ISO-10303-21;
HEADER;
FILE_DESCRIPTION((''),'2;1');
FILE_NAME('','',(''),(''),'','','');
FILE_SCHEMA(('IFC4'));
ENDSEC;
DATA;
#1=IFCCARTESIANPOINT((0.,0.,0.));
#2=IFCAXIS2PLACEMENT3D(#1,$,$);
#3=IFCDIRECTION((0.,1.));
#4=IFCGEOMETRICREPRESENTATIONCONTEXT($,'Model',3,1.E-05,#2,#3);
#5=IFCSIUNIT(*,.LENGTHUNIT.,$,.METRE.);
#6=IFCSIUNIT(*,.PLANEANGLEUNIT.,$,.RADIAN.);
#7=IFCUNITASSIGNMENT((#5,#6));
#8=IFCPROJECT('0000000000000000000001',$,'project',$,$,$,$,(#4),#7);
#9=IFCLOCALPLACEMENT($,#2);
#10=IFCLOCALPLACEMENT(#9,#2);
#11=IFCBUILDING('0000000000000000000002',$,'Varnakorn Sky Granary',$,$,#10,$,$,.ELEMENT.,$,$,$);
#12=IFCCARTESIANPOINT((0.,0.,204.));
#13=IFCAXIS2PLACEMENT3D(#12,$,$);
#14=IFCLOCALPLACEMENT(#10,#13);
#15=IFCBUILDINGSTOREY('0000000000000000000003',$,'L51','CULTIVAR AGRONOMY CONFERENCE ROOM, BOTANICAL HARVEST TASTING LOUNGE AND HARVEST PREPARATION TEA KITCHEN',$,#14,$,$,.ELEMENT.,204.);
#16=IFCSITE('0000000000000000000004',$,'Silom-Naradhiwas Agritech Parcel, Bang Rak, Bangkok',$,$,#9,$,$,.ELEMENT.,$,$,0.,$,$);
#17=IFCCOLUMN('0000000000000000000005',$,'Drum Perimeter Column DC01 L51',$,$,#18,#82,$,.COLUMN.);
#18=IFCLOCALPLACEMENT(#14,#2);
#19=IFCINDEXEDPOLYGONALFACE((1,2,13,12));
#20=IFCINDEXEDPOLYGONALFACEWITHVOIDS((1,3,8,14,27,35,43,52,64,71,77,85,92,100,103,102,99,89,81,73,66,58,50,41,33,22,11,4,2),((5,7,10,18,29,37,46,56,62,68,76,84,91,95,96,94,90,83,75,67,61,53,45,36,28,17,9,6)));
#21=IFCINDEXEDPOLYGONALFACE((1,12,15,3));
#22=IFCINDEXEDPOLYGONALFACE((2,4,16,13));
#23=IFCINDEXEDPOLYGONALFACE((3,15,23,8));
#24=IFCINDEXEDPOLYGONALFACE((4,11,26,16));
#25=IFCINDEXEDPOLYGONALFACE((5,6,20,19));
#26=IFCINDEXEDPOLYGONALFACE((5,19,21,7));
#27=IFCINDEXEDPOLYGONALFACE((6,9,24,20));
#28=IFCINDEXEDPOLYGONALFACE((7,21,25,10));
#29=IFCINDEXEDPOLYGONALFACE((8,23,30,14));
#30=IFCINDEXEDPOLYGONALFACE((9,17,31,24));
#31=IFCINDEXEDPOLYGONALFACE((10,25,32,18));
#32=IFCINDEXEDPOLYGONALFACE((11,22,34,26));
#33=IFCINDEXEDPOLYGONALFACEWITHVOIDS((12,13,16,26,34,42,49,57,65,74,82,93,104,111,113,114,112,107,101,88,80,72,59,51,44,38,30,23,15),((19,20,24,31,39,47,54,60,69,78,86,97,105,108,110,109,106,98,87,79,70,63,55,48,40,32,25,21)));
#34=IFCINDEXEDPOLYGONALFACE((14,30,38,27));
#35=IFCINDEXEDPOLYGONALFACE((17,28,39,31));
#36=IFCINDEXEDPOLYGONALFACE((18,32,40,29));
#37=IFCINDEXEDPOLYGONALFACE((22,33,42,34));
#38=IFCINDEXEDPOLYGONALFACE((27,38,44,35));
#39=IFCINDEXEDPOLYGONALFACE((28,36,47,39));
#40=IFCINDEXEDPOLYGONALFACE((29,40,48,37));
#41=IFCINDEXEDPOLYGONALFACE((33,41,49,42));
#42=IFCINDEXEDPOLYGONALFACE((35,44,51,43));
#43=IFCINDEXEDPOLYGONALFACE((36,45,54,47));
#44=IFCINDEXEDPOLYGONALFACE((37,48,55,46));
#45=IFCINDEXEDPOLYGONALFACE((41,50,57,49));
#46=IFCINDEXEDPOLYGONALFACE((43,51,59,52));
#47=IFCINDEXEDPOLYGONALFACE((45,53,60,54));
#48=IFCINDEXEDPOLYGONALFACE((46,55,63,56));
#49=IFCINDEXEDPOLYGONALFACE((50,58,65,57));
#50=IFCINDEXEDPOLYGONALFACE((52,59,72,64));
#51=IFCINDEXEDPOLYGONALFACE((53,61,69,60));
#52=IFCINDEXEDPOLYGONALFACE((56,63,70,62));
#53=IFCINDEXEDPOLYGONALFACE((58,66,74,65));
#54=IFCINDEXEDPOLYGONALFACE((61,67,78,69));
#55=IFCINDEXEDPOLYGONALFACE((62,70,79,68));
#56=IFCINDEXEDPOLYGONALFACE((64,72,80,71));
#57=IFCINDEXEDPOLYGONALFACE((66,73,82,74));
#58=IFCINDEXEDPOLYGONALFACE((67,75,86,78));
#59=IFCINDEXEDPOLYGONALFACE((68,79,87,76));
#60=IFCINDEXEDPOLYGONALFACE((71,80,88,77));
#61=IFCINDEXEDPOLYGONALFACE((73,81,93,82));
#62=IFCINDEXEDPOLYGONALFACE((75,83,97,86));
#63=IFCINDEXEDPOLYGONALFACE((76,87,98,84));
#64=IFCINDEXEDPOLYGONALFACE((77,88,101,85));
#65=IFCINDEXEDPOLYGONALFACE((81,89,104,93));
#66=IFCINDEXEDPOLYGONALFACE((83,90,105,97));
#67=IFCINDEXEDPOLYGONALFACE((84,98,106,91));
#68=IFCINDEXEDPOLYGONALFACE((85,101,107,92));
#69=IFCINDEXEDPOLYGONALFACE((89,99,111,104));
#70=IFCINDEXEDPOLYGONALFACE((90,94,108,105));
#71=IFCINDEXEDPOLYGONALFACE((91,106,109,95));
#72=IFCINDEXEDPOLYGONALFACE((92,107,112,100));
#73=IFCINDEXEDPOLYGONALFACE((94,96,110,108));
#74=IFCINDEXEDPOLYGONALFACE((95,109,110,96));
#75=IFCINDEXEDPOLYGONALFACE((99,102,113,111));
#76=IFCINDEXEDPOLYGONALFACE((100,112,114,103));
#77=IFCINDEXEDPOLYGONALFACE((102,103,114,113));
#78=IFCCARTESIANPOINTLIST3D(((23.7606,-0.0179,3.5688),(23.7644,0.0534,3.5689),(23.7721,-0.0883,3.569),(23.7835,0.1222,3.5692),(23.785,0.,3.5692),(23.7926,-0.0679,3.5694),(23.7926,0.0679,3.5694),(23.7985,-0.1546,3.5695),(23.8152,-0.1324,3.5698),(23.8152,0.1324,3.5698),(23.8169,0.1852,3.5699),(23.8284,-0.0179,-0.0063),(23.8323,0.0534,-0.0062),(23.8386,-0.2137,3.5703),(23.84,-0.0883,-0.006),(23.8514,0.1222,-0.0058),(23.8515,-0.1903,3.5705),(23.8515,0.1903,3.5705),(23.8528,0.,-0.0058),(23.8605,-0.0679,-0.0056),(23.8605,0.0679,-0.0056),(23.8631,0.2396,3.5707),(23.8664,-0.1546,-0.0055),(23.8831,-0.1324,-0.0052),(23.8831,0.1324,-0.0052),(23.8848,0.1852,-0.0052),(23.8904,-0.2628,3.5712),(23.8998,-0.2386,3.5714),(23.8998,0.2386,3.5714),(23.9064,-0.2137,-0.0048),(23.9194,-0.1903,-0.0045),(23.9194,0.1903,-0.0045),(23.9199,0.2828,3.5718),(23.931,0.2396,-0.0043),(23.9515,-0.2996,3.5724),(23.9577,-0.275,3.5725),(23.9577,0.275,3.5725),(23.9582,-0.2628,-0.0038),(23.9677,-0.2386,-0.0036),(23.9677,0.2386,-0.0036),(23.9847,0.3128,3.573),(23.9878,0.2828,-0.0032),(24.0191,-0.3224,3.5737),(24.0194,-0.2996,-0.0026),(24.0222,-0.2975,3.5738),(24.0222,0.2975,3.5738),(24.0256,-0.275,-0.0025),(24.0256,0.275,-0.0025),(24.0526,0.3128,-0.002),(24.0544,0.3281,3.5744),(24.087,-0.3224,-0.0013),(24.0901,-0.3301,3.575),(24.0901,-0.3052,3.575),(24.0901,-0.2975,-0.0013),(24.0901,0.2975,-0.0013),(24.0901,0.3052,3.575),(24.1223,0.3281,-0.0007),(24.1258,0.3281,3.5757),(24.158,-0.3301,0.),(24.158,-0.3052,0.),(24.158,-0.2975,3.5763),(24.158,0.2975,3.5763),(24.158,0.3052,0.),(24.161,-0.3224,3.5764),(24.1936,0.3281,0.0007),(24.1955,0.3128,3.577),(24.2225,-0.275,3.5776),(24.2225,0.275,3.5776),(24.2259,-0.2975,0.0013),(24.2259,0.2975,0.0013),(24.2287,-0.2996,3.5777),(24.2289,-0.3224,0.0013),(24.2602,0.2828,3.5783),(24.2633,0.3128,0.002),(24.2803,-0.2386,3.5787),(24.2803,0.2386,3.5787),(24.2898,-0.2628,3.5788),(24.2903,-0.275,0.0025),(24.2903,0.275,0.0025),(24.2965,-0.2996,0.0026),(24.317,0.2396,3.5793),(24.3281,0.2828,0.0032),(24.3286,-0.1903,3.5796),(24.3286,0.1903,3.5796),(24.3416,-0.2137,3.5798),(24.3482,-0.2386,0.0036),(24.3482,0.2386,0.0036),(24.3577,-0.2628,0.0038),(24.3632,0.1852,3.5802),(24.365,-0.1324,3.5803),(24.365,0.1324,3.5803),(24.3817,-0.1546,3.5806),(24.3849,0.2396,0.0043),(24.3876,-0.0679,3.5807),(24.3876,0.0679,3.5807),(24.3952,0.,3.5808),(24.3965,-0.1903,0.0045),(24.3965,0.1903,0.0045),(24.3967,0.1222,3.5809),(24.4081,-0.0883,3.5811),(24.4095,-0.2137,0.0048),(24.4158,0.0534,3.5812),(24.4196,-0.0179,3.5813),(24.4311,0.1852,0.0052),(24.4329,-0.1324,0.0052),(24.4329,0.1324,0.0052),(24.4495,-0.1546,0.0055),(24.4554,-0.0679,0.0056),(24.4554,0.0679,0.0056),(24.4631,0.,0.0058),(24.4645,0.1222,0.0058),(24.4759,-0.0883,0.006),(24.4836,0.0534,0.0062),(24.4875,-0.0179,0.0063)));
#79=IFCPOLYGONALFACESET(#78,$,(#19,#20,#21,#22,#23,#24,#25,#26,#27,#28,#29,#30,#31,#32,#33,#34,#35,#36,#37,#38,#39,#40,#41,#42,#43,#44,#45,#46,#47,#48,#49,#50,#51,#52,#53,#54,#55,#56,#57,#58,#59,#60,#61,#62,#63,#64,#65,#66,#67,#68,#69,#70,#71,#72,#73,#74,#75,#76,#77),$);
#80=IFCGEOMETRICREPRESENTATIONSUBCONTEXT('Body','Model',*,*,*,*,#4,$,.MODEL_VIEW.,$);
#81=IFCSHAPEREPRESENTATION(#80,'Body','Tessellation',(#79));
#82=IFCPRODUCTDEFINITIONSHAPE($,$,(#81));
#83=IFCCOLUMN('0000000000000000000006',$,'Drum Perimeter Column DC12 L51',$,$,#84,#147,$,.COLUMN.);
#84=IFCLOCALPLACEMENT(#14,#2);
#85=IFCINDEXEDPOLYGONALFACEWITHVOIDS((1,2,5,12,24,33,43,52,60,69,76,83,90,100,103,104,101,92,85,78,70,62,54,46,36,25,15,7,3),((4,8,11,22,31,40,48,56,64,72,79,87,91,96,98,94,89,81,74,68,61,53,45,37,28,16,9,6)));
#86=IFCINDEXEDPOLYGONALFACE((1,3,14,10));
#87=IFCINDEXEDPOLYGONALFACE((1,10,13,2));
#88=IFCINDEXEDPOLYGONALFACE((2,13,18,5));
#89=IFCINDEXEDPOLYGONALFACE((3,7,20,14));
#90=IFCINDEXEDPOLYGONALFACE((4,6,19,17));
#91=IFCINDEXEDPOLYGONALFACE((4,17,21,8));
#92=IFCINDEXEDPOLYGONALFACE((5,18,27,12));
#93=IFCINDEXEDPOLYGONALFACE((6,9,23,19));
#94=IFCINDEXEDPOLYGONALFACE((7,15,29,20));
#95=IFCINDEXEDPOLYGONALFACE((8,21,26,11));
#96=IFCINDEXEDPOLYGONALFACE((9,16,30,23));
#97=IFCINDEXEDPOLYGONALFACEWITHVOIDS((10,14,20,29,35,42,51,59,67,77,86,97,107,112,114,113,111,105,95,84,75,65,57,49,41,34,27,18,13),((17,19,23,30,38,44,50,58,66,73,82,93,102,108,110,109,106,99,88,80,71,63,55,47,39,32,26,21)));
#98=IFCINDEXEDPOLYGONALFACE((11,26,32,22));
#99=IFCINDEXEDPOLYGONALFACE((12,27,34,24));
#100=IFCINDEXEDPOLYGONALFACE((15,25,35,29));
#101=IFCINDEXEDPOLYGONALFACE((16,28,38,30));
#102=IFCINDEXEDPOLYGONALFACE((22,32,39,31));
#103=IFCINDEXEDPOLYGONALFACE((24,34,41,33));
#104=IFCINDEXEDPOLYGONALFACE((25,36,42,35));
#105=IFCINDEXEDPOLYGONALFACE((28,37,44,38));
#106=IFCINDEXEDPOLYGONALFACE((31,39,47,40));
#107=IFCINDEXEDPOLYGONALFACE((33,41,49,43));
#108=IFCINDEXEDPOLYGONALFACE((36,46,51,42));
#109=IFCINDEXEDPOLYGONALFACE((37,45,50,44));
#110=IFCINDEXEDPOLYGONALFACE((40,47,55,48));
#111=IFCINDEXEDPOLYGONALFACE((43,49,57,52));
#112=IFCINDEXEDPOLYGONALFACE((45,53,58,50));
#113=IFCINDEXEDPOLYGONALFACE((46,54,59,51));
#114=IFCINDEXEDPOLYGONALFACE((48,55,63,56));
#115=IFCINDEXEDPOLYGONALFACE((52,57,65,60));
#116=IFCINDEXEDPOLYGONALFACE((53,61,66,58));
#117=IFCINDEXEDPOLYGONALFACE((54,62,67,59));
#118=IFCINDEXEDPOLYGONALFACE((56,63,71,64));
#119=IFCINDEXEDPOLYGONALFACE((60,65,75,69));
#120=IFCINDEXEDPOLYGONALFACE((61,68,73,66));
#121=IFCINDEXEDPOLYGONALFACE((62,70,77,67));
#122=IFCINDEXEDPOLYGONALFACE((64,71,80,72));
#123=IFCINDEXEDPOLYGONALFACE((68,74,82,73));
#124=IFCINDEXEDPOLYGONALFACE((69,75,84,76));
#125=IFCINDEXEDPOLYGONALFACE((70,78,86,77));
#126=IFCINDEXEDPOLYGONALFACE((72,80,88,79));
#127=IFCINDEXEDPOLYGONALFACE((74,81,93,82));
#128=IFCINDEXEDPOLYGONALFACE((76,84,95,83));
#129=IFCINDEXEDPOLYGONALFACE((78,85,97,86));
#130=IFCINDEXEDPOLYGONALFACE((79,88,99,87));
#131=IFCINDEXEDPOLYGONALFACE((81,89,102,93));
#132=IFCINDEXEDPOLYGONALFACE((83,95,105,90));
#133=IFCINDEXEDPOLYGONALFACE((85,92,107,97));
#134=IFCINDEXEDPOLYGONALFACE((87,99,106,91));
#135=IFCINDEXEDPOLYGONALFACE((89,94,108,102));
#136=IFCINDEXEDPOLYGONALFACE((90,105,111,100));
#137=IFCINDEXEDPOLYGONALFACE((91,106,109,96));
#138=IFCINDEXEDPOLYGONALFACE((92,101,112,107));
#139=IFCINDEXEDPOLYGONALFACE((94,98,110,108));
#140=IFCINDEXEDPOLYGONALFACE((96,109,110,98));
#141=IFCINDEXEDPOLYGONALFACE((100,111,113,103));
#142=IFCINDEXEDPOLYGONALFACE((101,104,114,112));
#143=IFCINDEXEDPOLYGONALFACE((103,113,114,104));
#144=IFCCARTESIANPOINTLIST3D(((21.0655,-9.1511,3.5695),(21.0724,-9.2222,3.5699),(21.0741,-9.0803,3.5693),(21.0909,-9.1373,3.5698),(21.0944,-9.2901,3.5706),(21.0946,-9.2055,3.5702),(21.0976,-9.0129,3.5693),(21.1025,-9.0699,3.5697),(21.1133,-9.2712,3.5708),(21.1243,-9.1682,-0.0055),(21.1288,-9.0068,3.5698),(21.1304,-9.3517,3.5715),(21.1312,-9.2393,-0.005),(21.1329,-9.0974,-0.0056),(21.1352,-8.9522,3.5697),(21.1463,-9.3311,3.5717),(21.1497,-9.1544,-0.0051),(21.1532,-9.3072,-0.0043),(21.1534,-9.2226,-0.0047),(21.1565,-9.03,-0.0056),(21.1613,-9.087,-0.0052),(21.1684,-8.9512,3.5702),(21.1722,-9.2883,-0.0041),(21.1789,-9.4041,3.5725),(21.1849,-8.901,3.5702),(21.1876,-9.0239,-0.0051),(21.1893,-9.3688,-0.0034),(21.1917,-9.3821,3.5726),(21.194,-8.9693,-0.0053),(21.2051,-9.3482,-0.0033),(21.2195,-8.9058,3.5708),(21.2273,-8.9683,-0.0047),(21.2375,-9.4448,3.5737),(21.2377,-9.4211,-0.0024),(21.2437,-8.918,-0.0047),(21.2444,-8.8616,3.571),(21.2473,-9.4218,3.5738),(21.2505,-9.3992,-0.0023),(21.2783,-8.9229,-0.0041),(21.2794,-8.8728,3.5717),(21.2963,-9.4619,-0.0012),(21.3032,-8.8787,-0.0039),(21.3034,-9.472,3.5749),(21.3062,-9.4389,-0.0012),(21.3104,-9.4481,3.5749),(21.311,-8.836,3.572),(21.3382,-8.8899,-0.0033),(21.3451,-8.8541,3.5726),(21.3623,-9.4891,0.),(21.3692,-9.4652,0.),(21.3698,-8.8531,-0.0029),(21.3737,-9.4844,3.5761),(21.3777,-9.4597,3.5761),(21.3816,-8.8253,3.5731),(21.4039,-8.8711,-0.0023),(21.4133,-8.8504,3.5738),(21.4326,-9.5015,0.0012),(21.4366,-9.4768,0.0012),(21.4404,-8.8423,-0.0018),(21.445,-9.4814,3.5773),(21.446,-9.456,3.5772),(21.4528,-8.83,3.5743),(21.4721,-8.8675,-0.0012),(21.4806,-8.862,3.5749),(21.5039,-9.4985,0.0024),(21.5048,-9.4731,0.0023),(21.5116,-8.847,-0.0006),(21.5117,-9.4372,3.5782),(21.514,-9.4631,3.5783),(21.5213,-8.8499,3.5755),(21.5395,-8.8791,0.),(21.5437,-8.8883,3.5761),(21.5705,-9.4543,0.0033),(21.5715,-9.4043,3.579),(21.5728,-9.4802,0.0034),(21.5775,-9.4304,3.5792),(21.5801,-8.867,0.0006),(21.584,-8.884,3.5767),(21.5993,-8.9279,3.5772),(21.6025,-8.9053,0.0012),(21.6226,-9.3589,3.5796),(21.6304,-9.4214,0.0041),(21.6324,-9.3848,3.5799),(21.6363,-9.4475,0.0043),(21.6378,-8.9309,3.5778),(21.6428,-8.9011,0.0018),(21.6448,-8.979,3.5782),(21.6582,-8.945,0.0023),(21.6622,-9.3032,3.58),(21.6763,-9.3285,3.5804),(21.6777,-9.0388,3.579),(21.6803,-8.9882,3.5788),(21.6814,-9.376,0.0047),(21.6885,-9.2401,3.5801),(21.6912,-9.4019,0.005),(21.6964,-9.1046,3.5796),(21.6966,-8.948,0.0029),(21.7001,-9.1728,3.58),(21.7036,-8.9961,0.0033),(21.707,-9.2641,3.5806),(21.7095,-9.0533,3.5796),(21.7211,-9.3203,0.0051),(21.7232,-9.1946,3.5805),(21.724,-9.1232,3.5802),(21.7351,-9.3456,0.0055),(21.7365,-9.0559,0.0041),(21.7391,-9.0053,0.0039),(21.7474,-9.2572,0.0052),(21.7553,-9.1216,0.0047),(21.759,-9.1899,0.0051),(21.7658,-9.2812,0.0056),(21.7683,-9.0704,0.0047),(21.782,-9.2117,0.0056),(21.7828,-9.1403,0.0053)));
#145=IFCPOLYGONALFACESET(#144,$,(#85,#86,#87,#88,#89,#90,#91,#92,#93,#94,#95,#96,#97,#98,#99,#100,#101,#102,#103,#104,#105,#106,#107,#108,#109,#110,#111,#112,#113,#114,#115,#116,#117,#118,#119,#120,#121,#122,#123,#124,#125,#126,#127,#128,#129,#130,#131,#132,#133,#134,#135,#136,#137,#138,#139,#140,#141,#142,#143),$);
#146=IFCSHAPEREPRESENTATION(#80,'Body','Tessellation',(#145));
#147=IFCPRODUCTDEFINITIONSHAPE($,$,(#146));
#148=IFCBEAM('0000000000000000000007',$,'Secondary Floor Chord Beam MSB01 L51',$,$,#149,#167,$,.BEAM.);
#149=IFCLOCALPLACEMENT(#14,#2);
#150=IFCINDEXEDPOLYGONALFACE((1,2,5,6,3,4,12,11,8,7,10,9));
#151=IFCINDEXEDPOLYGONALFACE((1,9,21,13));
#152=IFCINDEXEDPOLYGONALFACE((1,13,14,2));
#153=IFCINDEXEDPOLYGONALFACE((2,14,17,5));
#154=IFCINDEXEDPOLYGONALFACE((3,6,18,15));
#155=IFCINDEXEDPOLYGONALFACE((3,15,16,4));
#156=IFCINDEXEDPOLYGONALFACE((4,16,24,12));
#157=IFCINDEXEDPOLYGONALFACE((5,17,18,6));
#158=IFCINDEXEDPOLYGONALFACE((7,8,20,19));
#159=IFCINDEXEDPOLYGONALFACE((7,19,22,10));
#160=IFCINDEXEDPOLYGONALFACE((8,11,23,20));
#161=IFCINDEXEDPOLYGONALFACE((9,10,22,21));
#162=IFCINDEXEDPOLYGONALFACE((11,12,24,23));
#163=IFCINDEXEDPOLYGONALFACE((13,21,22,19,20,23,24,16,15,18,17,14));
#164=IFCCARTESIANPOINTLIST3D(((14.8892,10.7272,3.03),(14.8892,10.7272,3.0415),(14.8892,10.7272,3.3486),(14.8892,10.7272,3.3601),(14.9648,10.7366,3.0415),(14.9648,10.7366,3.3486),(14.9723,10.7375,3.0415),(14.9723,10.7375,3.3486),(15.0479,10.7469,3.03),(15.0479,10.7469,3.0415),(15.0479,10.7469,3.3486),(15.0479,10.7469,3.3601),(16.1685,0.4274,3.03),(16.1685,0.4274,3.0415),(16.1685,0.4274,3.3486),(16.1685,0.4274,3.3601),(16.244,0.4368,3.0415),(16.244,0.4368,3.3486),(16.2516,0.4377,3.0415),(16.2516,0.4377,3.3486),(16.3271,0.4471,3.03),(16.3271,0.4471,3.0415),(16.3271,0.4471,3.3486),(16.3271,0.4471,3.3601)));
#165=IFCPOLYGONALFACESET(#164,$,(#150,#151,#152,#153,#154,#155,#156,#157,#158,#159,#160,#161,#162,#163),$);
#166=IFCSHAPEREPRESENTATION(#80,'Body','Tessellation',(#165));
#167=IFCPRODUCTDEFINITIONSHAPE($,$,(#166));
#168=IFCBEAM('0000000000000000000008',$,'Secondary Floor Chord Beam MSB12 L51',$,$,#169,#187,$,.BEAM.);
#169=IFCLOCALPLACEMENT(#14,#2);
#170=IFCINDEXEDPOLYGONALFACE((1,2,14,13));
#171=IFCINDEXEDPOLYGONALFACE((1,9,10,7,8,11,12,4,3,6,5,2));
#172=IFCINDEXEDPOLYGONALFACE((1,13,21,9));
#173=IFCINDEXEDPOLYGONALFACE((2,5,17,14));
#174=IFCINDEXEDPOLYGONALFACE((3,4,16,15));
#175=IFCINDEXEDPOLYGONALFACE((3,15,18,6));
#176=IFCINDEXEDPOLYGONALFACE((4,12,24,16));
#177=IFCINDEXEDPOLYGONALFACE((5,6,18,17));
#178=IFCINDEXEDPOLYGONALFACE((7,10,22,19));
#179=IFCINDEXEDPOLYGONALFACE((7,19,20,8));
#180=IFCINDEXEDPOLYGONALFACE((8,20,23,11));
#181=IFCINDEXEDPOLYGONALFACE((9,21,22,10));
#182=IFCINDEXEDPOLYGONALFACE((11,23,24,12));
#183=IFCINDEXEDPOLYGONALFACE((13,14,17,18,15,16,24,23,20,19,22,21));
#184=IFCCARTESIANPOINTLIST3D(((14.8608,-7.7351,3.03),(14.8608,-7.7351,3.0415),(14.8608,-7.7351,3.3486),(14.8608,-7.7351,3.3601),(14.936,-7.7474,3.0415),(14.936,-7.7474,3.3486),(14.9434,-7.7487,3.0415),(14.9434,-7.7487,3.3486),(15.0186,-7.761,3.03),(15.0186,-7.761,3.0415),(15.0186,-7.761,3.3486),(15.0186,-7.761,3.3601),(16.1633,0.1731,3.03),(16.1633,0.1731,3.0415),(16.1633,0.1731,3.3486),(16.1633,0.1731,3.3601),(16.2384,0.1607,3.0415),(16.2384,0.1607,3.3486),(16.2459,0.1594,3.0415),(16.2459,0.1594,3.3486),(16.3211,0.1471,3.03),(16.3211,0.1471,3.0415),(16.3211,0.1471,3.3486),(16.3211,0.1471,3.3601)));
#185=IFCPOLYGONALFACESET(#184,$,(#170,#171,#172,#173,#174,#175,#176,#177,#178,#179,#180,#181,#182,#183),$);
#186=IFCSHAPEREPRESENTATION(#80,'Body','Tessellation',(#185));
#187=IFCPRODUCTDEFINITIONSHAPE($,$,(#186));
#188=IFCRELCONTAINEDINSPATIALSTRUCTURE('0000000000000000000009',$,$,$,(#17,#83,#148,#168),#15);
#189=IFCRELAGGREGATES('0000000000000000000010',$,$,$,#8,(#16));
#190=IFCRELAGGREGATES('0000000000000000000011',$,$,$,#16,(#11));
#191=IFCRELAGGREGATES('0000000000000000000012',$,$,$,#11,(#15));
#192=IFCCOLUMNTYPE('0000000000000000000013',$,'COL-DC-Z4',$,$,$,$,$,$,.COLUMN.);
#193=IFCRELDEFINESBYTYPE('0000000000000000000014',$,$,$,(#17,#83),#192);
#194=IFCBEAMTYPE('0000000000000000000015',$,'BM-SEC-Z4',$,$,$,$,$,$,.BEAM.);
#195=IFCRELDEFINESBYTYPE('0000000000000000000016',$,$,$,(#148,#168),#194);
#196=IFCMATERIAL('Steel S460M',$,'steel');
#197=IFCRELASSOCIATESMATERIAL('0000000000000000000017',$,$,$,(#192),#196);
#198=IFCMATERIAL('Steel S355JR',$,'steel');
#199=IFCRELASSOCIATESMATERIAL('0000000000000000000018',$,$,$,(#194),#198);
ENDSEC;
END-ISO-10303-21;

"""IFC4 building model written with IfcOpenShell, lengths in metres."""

from ifc_helpers import new_model, si_unit, direction, frame, origin, origin_2d, place, context, subcontext, project, spatial, hollow_circle, i_section, extrude, material, material_profile, profile_set, type_object, element, save


model = new_model("IFC4")

# Units and contexts
model_context = context("Model", 3, precision=1e-05, world=origin(), true_north=direction((0.0, 1.0)))
body_context = subcontext(model_context, "Body", "Model", "MODEL_VIEW")
ifc_project = project(units=[si_unit("LENGTHUNIT", "METRE"), si_unit("PLANEANGLEUNIT", "RADIAN")], contexts=[model_context])

# Site, building, storey
site_placement = place(None, origin())
site = spatial("IfcSite", under=ifc_project, at=site_placement, Name="Silom-Naradhiwas Agritech Parcel, Bang Rak, Bangkok", CompositionType="ELEMENT", RefElevation=0.0)
building_placement = place(site_placement, origin())
building = spatial("IfcBuilding", under=site, at=building_placement, Name="Varnakorn Sky Granary", CompositionType="ELEMENT")
storey_placement = place(building_placement, frame((0.0, 0.0, 204.0)))
storey = spatial("IfcBuildingStorey", under=building, at=storey_placement, Name="L51", Description="CULTIVAR AGRONOMY CONFERENCE ROOM, BOTANICAL HARVEST TASTING LOUNGE AND HARVEST PREPARATION TEA KITCHEN", CompositionType="ELEMENT", Elevation=204.0)

# Columns
ifc_material_1 = material(Name="Steel S460M", Category="steel")
ifc_material_profile_1 = material_profile(ifc_material_1, hollow_circle(Radius=0.3301, WallThickness=0.0249, at=origin_2d()), Name="CHS 660x25")
ifc_profile_set_1 = profile_set([ifc_material_profile_1], Name="Steel S460M")
column_type = type_object("IfcColumnType", Name="COL-DC-Z4", PredefinedType="COLUMN", material=ifc_profile_set_1)
column_1_placement = place(storey_placement, frame((24.158, 0.0, 0.0), z_axis=(-0.018982, 0.0, 0.99982), x_axis=(0.0, -1.0, 0.0)))
element("IfcColumn", 1, at=column_1_placement, inside=storey, type_object=column_type, Name="Drum Perimeter Column DC01 L51", PredefinedType="COLUMN", context=body_context, shape_type="SweptSolid", body=[
    extrude(hollow_circle(Radius=0.3301, WallThickness=0.0249, at=origin_2d()), origin(), (0.0, 0.0, 1.0), 3.5757),
])
column_2_placement = place(storey_placement, frame((21.4543, -9.1721, 0.0), z_axis=(-0.016456, 0.00478, 0.999853), x_axis=(-0.278929, -0.960312, 0.0)))
element("IfcColumn", 2, at=column_2_placement, inside=storey, type_object=column_type, Name="Drum Perimeter Column DC12 L51", PredefinedType="COLUMN", context=body_context, shape_type="SweptSolid", body=[
    extrude(hollow_circle(Radius=0.3301, WallThickness=0.0249, at=origin_2d()), origin(), (0.0, 0.0, 1.0), 3.5754),
])

# Beams
ifc_material_2 = material(Name="Steel S355JR", Category="steel")
ifc_material_profile_2 = material_profile(ifc_material_2, i_section(OverallWidth=0.1599, OverallDepth=0.3301, WebThickness=0.0076, FlangeThickness=0.0115, at=origin_2d()), Name="IPE 330")
ifc_profile_set_2 = profile_set([ifc_material_profile_2], Name="Steel S355JR")
beam_type_1 = type_object("IfcBeamType", Name="BM-SEC-Z4", PredefinedType="BEAM", material=ifc_profile_set_2)
beam_1_placement = place(storey_placement, frame((16.2478, 0.4373, 3.1951), z_axis=(-0.123259, 0.992375, 0.0), x_axis=(-0.992375, -0.123259, 0.0)))
element("IfcBeam", 3, at=beam_1_placement, inside=storey, type_object=beam_type_1, Name="Secondary Floor Chord Beam MSB01 L51", PredefinedType="BEAM", context=body_context, shape_type="SweptSolid", body=[
    extrude(i_section(OverallWidth=0.1599, OverallDepth=0.3301, WebThickness=0.0076, FlangeThickness=0.0115, at=origin_2d()), origin(), (0.0, 0.0, 1.0), 10.3789),
])
beam_2_placement = place(storey_placement, frame((14.9397, -7.748, 3.1951), z_axis=(0.162512, 0.986707, 0.0), x_axis=(-0.986707, 0.162512, 0.0)))
element("IfcBeam", 4, at=beam_2_placement, inside=storey, type_object=beam_type_1, Name="Secondary Floor Chord Beam MSB12 L51", PredefinedType="BEAM", context=body_context, shape_type="SweptSolid", body=[
    extrude(i_section(OverallWidth=0.1599, OverallDepth=0.3301, WebThickness=0.0076, FlangeThickness=0.0115, at=origin_2d()), origin(), (0.0, 0.0, 1.0), 8.0146),
])

save(model, "model.ifc")
